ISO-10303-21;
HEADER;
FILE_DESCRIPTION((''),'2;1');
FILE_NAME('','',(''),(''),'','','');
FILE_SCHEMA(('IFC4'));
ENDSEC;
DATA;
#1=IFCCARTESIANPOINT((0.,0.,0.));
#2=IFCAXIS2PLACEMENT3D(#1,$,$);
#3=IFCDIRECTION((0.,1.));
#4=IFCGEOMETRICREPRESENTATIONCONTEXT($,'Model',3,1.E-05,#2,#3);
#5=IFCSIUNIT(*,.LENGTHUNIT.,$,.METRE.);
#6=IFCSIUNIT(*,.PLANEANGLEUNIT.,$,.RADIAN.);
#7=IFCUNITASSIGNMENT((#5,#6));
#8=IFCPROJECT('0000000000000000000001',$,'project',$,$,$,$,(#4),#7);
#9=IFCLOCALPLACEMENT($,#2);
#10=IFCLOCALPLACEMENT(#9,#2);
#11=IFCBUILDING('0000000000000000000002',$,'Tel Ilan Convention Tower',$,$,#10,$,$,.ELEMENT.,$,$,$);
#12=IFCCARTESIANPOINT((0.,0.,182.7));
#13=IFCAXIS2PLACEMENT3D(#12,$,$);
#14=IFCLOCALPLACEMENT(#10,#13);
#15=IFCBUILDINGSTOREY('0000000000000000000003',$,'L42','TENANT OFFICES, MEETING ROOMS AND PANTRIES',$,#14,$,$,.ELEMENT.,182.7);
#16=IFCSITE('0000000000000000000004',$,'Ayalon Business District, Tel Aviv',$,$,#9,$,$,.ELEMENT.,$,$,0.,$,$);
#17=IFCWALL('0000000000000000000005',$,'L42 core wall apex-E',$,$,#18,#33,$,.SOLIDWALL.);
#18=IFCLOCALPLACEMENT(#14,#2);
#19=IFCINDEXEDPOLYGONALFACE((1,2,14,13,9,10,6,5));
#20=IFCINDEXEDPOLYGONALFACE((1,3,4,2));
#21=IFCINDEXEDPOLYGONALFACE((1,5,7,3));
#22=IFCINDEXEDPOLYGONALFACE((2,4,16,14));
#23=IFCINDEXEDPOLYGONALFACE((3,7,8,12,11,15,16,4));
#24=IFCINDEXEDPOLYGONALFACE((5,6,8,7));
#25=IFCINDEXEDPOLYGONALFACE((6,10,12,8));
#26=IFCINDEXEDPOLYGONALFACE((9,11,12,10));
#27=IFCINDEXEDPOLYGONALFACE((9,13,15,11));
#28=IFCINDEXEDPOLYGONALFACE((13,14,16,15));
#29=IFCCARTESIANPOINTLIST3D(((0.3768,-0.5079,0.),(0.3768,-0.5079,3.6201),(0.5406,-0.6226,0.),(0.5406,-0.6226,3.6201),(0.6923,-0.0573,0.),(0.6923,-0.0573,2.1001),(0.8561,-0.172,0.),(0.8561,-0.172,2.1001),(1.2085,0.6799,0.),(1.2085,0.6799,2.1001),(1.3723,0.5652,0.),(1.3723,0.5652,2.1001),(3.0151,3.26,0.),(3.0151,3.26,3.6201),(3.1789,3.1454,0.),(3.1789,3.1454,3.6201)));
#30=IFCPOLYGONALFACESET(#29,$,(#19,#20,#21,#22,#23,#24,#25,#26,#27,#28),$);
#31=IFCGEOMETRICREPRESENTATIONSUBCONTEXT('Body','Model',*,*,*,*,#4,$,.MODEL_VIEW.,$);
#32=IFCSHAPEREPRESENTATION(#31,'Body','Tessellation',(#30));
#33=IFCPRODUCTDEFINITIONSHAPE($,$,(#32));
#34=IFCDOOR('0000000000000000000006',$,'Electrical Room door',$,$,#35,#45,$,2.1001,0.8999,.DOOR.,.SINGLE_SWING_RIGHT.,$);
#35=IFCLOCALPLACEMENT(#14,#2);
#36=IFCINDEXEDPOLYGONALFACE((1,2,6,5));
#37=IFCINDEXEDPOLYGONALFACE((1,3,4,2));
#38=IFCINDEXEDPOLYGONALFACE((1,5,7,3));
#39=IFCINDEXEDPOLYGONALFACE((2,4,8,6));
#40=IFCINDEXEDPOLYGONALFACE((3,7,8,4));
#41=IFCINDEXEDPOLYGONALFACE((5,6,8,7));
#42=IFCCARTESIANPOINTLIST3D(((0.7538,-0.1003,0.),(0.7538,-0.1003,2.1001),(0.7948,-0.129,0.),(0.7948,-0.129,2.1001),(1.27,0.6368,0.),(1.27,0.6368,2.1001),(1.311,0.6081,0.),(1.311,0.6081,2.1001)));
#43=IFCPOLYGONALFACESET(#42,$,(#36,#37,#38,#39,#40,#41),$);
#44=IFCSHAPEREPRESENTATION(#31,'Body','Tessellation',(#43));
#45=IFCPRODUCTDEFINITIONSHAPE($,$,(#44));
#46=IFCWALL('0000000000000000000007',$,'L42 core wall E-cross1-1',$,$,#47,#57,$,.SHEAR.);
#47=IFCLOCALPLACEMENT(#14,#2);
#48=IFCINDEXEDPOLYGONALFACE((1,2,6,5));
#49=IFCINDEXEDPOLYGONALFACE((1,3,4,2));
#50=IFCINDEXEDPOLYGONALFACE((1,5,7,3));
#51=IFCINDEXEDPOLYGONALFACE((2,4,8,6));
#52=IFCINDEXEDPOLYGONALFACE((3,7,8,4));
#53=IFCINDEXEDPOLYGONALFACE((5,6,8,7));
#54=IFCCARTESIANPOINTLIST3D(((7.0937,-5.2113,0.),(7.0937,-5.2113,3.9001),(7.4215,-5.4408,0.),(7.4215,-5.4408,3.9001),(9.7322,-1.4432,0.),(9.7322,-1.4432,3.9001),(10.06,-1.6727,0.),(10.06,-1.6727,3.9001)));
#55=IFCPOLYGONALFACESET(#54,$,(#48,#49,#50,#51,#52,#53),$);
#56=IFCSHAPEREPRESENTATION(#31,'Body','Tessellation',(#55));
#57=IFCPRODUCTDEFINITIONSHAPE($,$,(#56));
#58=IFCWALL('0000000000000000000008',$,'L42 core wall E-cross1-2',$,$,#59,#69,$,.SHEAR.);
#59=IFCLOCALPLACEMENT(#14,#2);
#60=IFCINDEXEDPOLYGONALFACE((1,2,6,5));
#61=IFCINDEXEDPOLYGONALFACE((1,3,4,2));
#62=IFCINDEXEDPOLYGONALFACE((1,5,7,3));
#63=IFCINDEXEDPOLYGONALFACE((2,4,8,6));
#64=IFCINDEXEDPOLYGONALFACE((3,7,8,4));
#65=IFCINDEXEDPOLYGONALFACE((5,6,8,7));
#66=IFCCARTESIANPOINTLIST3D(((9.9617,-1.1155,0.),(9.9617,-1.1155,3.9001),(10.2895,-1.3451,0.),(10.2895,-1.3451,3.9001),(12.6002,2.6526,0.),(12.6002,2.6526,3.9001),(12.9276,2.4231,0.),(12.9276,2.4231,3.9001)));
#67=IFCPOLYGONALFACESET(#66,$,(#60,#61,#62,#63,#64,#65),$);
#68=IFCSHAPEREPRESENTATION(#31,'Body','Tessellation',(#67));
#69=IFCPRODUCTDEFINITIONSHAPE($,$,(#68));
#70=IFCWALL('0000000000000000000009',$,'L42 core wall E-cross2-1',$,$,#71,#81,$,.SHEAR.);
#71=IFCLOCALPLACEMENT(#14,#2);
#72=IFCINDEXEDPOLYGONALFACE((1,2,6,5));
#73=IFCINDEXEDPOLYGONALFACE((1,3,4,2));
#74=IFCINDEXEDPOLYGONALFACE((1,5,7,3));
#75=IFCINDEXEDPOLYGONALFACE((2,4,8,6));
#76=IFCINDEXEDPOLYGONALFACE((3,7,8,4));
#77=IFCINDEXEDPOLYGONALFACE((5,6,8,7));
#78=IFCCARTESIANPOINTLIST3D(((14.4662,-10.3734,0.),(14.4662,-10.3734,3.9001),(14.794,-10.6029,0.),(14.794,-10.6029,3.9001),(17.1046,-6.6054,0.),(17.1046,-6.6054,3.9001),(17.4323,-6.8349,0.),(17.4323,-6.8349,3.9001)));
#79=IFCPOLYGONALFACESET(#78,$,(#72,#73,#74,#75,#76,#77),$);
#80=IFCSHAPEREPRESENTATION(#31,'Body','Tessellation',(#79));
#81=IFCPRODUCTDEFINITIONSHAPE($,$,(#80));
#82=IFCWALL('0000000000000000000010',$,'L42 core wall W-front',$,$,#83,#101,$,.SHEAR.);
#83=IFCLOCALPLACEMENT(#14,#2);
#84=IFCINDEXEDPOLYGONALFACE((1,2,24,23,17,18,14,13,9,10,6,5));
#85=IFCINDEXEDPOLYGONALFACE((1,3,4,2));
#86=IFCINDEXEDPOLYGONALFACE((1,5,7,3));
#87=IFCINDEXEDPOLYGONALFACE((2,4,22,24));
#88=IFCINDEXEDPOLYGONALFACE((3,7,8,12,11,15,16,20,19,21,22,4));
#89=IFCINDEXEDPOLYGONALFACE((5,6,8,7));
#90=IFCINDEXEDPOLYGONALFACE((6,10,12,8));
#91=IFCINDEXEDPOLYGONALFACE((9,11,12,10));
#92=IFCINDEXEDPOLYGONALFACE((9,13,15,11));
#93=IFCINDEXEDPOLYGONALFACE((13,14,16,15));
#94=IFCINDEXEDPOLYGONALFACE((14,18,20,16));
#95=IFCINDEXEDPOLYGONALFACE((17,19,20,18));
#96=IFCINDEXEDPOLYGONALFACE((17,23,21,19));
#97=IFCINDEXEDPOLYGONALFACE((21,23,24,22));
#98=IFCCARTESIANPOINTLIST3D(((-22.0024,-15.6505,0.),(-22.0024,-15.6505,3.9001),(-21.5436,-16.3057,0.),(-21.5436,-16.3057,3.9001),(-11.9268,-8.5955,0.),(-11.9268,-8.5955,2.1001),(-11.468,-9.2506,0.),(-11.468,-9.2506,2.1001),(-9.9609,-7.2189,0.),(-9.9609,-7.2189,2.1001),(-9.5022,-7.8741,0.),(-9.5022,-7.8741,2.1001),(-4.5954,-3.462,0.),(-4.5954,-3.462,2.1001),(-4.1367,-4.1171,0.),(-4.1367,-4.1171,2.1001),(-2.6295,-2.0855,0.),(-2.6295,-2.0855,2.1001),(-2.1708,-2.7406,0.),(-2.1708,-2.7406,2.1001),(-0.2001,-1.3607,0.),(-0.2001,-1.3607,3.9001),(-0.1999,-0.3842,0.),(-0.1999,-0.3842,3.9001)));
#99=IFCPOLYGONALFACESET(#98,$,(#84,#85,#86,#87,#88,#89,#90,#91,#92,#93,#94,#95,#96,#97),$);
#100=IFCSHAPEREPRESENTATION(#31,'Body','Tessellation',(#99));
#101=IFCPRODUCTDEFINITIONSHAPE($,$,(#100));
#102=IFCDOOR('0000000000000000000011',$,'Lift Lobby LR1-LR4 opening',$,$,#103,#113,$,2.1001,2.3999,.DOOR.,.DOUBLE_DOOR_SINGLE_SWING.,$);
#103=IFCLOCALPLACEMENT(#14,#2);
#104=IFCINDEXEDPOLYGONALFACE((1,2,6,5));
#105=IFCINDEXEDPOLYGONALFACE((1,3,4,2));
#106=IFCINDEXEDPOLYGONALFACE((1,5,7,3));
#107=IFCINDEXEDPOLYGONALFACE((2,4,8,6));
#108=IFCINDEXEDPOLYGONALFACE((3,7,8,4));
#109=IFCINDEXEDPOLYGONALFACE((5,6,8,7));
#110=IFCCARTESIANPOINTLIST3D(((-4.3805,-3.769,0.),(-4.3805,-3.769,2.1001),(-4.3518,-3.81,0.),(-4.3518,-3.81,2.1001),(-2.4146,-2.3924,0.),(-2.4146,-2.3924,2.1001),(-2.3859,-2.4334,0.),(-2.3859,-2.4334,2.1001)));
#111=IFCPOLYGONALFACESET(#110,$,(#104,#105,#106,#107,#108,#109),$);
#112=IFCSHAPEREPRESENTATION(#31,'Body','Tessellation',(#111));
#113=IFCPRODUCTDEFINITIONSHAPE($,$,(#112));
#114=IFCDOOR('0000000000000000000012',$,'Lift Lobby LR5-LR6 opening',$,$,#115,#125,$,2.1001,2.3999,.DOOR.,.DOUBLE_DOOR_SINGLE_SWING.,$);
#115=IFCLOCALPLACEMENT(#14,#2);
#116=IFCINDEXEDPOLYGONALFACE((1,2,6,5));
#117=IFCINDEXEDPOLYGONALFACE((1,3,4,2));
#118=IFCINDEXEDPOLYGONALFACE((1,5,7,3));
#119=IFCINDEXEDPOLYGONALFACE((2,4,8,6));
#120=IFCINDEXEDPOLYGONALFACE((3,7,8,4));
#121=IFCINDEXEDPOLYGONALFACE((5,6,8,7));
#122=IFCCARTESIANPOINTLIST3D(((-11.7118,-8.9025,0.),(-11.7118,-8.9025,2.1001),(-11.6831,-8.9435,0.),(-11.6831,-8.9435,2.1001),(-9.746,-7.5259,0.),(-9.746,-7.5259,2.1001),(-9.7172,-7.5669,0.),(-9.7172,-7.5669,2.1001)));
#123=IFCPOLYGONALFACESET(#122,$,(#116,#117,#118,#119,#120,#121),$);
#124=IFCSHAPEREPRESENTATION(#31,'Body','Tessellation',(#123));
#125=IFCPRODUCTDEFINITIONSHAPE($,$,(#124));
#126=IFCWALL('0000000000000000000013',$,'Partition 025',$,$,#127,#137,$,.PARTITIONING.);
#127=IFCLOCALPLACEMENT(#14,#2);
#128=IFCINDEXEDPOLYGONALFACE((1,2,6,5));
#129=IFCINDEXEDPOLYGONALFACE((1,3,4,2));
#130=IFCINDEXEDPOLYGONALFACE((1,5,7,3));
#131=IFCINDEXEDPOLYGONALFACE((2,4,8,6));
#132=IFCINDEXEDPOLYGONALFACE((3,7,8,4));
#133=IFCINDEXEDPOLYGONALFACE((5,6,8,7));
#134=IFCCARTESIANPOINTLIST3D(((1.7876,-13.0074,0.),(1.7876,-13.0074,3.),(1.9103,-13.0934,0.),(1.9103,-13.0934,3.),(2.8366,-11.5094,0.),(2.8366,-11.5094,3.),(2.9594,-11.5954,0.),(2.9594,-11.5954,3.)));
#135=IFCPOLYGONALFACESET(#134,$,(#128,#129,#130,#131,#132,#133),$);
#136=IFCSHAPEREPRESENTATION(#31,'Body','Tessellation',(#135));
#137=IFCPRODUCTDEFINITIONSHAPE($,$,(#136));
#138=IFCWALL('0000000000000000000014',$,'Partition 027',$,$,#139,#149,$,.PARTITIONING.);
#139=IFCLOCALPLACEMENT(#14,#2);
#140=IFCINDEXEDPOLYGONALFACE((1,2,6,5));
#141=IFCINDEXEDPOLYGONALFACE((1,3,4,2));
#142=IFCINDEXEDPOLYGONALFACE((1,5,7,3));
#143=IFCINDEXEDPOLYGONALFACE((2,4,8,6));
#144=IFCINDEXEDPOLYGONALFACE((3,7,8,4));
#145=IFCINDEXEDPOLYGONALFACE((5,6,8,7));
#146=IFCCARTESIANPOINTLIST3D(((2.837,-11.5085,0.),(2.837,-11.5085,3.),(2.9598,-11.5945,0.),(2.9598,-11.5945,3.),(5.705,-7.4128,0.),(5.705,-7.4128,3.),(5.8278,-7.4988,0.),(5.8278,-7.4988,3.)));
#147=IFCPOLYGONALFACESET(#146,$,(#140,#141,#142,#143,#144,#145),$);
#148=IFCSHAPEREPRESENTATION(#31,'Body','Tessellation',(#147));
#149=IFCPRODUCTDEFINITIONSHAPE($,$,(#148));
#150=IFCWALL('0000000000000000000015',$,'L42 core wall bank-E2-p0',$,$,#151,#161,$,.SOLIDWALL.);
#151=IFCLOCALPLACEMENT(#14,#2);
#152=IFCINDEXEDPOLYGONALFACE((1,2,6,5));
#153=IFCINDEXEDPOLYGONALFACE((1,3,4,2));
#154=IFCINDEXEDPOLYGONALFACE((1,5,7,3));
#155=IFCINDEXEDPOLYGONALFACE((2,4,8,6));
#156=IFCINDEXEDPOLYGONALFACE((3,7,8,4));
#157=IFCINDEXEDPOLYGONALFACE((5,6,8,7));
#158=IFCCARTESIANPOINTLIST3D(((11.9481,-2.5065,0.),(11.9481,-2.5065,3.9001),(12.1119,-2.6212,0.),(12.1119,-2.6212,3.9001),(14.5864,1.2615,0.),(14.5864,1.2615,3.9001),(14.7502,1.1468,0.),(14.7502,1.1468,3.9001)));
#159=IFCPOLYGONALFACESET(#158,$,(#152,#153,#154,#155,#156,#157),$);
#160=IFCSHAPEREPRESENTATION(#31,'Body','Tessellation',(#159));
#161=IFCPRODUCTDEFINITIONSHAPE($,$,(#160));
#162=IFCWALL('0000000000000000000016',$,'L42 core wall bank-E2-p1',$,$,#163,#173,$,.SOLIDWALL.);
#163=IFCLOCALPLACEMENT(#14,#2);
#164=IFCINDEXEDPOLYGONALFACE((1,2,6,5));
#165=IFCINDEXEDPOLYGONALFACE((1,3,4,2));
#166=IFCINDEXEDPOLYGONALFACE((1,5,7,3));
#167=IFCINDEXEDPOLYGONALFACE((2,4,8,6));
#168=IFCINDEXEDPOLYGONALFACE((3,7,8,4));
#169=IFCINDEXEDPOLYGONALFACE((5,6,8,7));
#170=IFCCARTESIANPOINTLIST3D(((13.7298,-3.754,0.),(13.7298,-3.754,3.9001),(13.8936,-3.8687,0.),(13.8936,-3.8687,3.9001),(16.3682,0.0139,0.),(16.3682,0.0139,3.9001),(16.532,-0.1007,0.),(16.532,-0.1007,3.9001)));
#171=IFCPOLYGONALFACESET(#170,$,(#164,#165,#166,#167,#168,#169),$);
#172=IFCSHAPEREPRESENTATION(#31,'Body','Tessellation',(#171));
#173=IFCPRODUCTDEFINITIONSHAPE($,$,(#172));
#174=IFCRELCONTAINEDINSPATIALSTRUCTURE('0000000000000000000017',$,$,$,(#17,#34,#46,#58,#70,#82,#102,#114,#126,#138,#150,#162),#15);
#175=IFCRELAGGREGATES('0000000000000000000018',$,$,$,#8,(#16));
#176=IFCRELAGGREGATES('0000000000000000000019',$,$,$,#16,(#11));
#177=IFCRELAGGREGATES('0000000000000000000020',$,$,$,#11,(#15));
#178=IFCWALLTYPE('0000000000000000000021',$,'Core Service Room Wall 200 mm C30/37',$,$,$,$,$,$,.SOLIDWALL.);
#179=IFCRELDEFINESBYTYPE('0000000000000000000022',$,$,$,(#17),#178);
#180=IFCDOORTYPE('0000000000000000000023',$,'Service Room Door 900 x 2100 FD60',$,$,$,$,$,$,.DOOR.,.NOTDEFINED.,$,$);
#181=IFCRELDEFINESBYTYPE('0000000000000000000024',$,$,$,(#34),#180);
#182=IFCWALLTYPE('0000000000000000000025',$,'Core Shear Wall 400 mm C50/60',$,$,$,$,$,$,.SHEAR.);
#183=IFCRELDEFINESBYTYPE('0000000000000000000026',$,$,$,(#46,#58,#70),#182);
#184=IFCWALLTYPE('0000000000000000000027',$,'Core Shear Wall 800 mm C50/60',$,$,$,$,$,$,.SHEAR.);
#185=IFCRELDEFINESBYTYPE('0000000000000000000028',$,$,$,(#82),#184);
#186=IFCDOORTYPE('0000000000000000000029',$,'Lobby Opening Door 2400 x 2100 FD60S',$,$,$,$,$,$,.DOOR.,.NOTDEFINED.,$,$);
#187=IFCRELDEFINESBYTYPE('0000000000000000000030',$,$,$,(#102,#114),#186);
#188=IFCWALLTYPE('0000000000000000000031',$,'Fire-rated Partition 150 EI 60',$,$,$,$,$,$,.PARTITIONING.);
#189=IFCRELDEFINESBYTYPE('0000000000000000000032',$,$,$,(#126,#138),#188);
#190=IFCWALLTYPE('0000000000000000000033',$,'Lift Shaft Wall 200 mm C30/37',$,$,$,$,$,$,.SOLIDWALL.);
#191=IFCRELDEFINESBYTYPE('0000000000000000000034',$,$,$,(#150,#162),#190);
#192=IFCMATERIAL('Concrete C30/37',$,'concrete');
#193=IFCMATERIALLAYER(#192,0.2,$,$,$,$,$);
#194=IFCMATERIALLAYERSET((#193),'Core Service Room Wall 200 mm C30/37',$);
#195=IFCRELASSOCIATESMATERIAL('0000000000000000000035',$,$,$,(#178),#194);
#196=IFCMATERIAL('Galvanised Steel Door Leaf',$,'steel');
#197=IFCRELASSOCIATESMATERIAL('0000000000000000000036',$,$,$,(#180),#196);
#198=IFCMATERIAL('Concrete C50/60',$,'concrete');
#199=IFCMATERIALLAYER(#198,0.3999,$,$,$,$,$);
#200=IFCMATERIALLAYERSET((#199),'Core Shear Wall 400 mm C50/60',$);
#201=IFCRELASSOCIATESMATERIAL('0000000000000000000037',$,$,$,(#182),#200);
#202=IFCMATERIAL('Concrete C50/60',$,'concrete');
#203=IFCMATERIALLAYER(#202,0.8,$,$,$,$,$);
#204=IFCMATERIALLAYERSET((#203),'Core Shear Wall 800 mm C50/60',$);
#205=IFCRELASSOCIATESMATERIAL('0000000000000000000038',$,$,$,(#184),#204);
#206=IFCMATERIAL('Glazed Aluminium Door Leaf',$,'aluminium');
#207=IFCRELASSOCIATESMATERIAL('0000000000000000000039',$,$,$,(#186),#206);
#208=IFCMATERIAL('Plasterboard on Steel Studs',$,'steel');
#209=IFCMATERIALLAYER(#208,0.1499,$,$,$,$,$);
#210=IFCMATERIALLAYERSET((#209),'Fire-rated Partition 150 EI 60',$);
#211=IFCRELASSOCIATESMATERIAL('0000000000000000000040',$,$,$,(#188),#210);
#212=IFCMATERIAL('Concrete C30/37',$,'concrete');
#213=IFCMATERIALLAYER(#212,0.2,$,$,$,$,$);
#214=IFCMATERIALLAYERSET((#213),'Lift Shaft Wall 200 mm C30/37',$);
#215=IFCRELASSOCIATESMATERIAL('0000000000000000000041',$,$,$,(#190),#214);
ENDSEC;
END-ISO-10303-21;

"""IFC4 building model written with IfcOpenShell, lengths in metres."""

from ifc_helpers import new_model, si_unit, direction, frame, frame_2d, origin, place, context, subcontext, project, spatial, polyline, rectangle, outline, extrude, material, layer, layer_set, type_object, element, fill, save


model = new_model("IFC4")

# Units and contexts
model_context = context("Model", 3, precision=1e-05, world=origin(), true_north=direction((0.0, 1.0)))
body_context = subcontext(model_context, "Body", "Model", "MODEL_VIEW")
ifc_project = project(units=[si_unit("LENGTHUNIT", "METRE"), si_unit("PLANEANGLEUNIT", "RADIAN")], contexts=[model_context])

# Site, building, storey
site_placement = place(None, origin())
site = spatial("IfcSite", under=ifc_project, at=site_placement, Name="Ayalon Business District, Tel Aviv", CompositionType="ELEMENT", RefElevation=0.0)
building_placement = place(site_placement, origin())
building = spatial("IfcBuilding", under=site, at=building_placement, Name="Tel Ilan Convention Tower", CompositionType="ELEMENT")
storey_placement = place(building_placement, frame((0.0, 0.0, 182.7)))
storey = spatial("IfcBuildingStorey", under=building, at=storey_placement, Name="L42", Description="TENANT OFFICES, MEETING ROOMS AND PANTRIES", CompositionType="ELEMENT", Elevation=182.7)

# Wall, opening, door
ifc_material_1 = material(Name="Concrete C30/37", Category="concrete")
ifc_layer_1 = layer(ifc_material_1, 0.2)
ifc_layer_set_1 = layer_set([ifc_layer_1], Name="Core Service Room Wall 200 mm C30/37")
wall_type_1 = type_object("IfcWallType", Name="Core Service Room Wall 200 mm C30/37", PredefinedType="SOLIDWALL", material=ifc_layer_set_1)
wall_1_placement = place(storey_placement, frame((0.4587, -0.5652, 0.0), z_axis=(0.0, 0.0, 1.0), x_axis=(0.573576, 0.819152, 0.0)))
wall_1 = element("IfcWall", 1, at=wall_1_placement, inside=storey, type_object=wall_type_1, Name="L42 core wall apex-E", PredefinedType="SOLIDWALL", context=body_context, shape_type="SweptSolid", body=[
    extrude(rectangle(XDim=4.5999, YDim=0.2, at=frame_2d((2.2998, 0.0))), origin(), (0.0, 0.0, 1.0), 3.6201),
])
opening_1_placement = place(wall_1_placement, frame((0.55, 0.0, 0.0)))
opening_1 = element("IfcOpeningElement", 2, at=opening_1_placement, cuts=wall_1, PredefinedType="OPENING", context=body_context, shape_type="SweptSolid", body=[
    extrude(rectangle(XDim=0.8999, YDim=2.1001, at=frame_2d((0.45, 1.05))), frame((0.0, 0.1099, 0.0), z_axis=(0.0, -1.0, 0.0), x_axis=(1.0, 0.0, 0.0)), (0.0, 0.0, 1.0), 0.22),
])
ifc_material_2 = material(Name="Galvanised Steel Door Leaf", Category="steel")
door_type_1 = type_object("IfcDoorType", Name="Service Room Door 900 x 2100 FD60", OperationType="NOTDEFINED", PredefinedType="DOOR", material=ifc_material_2)
door_1_placement = place(opening_1_placement, origin())
door_1 = element("IfcDoor", 3, at=door_1_placement, inside=storey, type_object=door_type_1, Name="Electrical Room door", OperationType="SINGLE_SWING_RIGHT", OverallHeight=2.1001, OverallWidth=0.8999, PredefinedType="DOOR", context=body_context, shape_type="SweptSolid", body=[
    extrude(rectangle(XDim=0.8999, YDim=2.1001, at=frame_2d((0.45, 1.05))), frame((0.0, 0.0249, 0.0), z_axis=(0.0, -1.0, 0.0), x_axis=(1.0, 0.0, 0.0)), (0.0, 0.0, 1.0), 0.05),
])
fill(opening_1, door_1)

# Walls
ifc_material_3 = material(Name="Concrete C50/60", Category="concrete")
ifc_layer_2 = layer(ifc_material_3, 0.3999)
ifc_layer_set_2 = layer_set([ifc_layer_2], Name="Core Shear Wall 400 mm C50/60")
wall_type_2 = type_object("IfcWallType", Name="Core Shear Wall 400 mm C50/60", PredefinedType="SHEAR", material=ifc_layer_set_2)
wall_2_placement = place(storey_placement, frame((7.2578, -5.3259, 0.0), z_axis=(0.0, 0.0, 1.0), x_axis=(0.573541, 0.819177, 0.0)))
element("IfcWall", 4, at=wall_2_placement, inside=storey, type_object=wall_type_2, Name="L42 core wall E-cross1-1", PredefinedType="SHEAR", context=body_context, shape_type="SweptSolid", body=[
    extrude(outline(polyline([(-0.0002, 0.2002), (-0.0002, -0.2), (4.5999, -0.2002), (4.5999, 0.2), (-0.0002, 0.2002)])), origin(), (0.0, 0.0, 1.0), 3.9001),
])
wall_3_placement = place(storey_placement, frame((10.1255, -1.2302, 0.0), z_axis=(0.0, 0.0, 1.0), x_axis=(0.573576, 0.819152, 0.0)))
element("IfcWall", 5, at=wall_3_placement, inside=storey, type_object=wall_type_2, Name="L42 core wall E-cross1-2", PredefinedType="SHEAR", context=body_context, shape_type="SweptSolid", body=[
    extrude(outline(polyline([(4.5999, -0.2), (4.6001, 0.2), (0.0, 0.2), (0.0, -0.2002), (4.5999, -0.2)])), origin(), (0.0, 0.0, 1.0), 3.9001),
])
wall_4_placement = place(storey_placement, frame((14.6299, -10.4883, 0.0), z_axis=(0.0, 0.0, 1.0), x_axis=(0.573612, 0.819127, 0.0)))
element("IfcWall", 6, at=wall_4_placement, inside=storey, type_object=wall_type_2, Name="L42 core wall E-cross2-1", PredefinedType="SHEAR", context=body_context, shape_type="SweptSolid", body=[
    extrude(outline(polyline([(0.0002, 0.2), (0.0002, -0.2002), (4.6001, -0.2), (4.6001, 0.2002), (0.0002, 0.2)])), origin(), (0.0, 0.0, 1.0), 3.9001),
])

# Wall, openings, doors
ifc_material_4 = material(Name="Concrete C50/60", Category="concrete")
ifc_layer_3 = layer(ifc_material_4, 0.8)
ifc_layer_set_3 = layer_set([ifc_layer_3], Name="Core Shear Wall 800 mm C50/60")
wall_type_3 = type_object("IfcWallType", Name="Core Shear Wall 800 mm C50/60", PredefinedType="SHEAR", material=ifc_layer_set_3)
wall_5_placement = place(storey_placement, frame((0.0293, -0.7119, 0.0), z_axis=(0.0, 0.0, 1.0), x_axis=(-0.819152, -0.573577, 0.0)))
wall_5 = element("IfcWall", 7, at=wall_5_placement, inside=storey, type_object=wall_type_3, Name="L42 core wall W-front", PredefinedType="SHEAR", context=body_context, shape_type="SweptSolid", body=[
    extrude(outline(polyline([(26.6157, 0.3999), (0.5601, 0.3999), (-0.0002, -0.3999), (26.6157, -0.3999), (26.6157, 0.3999)])), origin(), (0.0, 0.0, 1.0), 3.9001),
])
opening_2_placement = place(wall_5_placement, frame((2.9658, 0.0, 0.0)))
opening_2 = element("IfcOpeningElement", 8, at=opening_2_placement, cuts=wall_5, PredefinedType="OPENING", context=body_context, shape_type="SweptSolid", body=[
    extrude(rectangle(XDim=2.3999, YDim=2.1001, at=frame_2d((1.2, 1.05))), frame((0.0, 0.4099, 0.0), z_axis=(0.0, -1.0, 0.0), x_axis=(1.0, 0.0, 0.0)), (0.0, 0.0, 1.0), 0.8201),
])
opening_3_placement = place(wall_5_placement, frame((11.9158, 0.0, 0.0)))
opening_3 = element("IfcOpeningElement", 9, at=opening_3_placement, cuts=wall_5, PredefinedType="OPENING", context=body_context, shape_type="SweptSolid", body=[
    extrude(rectangle(XDim=2.3999, YDim=2.1001, at=frame_2d((1.2, 1.05))), frame((0.0, 0.4099, 0.0), z_axis=(0.0, -1.0, 0.0), x_axis=(1.0, 0.0, 0.0)), (0.0, 0.0, 1.0), 0.8201),
])
ifc_material_5 = material(Name="Glazed Aluminium Door Leaf", Category="aluminium")
door_type_2 = type_object("IfcDoorType", Name="Lobby Opening Door 2400 x 2100 FD60S", OperationType="NOTDEFINED", PredefinedType="DOOR", material=ifc_material_5)
door_2_placement = place(opening_2_placement, origin())
door_2 = element("IfcDoor", 10, at=door_2_placement, inside=storey, type_object=door_type_2, Name="Lift Lobby LR1-LR4 opening", OperationType="DOUBLE_DOOR_SINGLE_SWING", OverallHeight=2.1001, OverallWidth=2.3999, PredefinedType="DOOR", context=body_context, shape_type="SweptSolid", body=[
    extrude(rectangle(XDim=2.3999, YDim=2.1001, at=frame_2d((1.2, 1.05))), frame((0.0, 0.0249, 0.0), z_axis=(0.0, -1.0, 0.0), x_axis=(1.0, 0.0, 0.0)), (0.0, 0.0, 1.0), 0.05),
])
fill(opening_2, door_2)
door_3_placement = place(opening_3_placement, origin())
door_3 = element("IfcDoor", 11, at=door_3_placement, inside=storey, type_object=door_type_2, Name="Lift Lobby LR5-LR6 opening", OperationType="DOUBLE_DOOR_SINGLE_SWING", OverallHeight=2.1001, OverallWidth=2.3999, PredefinedType="DOOR", context=body_context, shape_type="SweptSolid", body=[
    extrude(rectangle(XDim=2.3999, YDim=2.1001, at=frame_2d((1.2, 1.05))), frame((0.0, 0.0249, 0.0), z_axis=(0.0, -1.0, 0.0), x_axis=(1.0, 0.0, 0.0)), (0.0, 0.0, 1.0), 0.05),
])
fill(opening_3, door_3)

# Walls
ifc_material_6 = material(Name="Plasterboard on Steel Studs", Category="steel")
ifc_layer_4 = layer(ifc_material_6, 0.1499)
ifc_layer_set_4 = layer_set([ifc_layer_4], Name="Fire-rated Partition 150 EI 60")
wall_type_4 = type_object("IfcWallType", Name="Fire-rated Partition 150 EI 60", PredefinedType="PARTITIONING", material=ifc_layer_set_4)
wall_6_placement = place(storey_placement, frame((1.8489, -13.0505, 0.0), z_axis=(0.0, 0.0, 1.0), x_axis=(0.573624, 0.819119, 0.0)))
element("IfcWall", 12, at=wall_6_placement, inside=storey, type_object=wall_type_4, Name="Partition 025", PredefinedType="PARTITIONING", context=body_context, shape_type="SweptSolid", body=[
    extrude(rectangle(XDim=1.8289, YDim=0.1499, at=frame_2d((0.9146, 0.0))), origin(), (0.0, 0.0, 1.0), 3.0),
])
wall_7_placement = place(storey_placement, frame((2.8984, -11.5515, 0.0), z_axis=(0.0, 0.0, 1.0), x_axis=(0.573587, 0.819145, 0.0)))
element("IfcWall", 13, at=wall_7_placement, inside=storey, type_object=wall_type_4, Name="Partition 027", PredefinedType="PARTITIONING", context=body_context, shape_type="SweptSolid", body=[
    extrude(rectangle(XDim=5.0, YDim=0.1499, at=frame_2d((2.5, 0.0))), origin(), (0.0, 0.0, 1.0), 3.0),
])
ifc_material_7 = material(Name="Concrete C30/37", Category="concrete")
ifc_layer_5 = layer(ifc_material_7, 0.2)
ifc_layer_set_5 = layer_set([ifc_layer_5], Name="Lift Shaft Wall 200 mm C30/37")
wall_type_5 = type_object("IfcWallType", Name="Lift Shaft Wall 200 mm C30/37", PredefinedType="SOLIDWALL", material=ifc_layer_set_5)
for number, where, z_axis, x_axis, name in (
    (14, (12.03, -2.5637, 0.0), (0.0, 0.0, 1.0), (0.573576, 0.819152, 0.0), "L42 core wall bank-E2-p0"),
    (15, (13.8118, -3.8113, 0.0), (0.0, 0.0, 1.0), (0.573576, 0.819152, 0.0), "L42 core wall bank-E2-p1"),
):
    element("IfcWall", number, at=place(storey_placement, frame(where, z_axis=z_axis, x_axis=x_axis)), inside=storey, type_object=wall_type_5, Name=name, PredefinedType="SOLIDWALL", context=body_context, shape_type="SweptSolid", body=[
        extrude(rectangle(XDim=4.5999, YDim=0.2, at=frame_2d((2.2998, 0.0))), origin(), (0.0, 0.0, 1.0), 3.9001),
    ])

save(model, "model.ifc")
